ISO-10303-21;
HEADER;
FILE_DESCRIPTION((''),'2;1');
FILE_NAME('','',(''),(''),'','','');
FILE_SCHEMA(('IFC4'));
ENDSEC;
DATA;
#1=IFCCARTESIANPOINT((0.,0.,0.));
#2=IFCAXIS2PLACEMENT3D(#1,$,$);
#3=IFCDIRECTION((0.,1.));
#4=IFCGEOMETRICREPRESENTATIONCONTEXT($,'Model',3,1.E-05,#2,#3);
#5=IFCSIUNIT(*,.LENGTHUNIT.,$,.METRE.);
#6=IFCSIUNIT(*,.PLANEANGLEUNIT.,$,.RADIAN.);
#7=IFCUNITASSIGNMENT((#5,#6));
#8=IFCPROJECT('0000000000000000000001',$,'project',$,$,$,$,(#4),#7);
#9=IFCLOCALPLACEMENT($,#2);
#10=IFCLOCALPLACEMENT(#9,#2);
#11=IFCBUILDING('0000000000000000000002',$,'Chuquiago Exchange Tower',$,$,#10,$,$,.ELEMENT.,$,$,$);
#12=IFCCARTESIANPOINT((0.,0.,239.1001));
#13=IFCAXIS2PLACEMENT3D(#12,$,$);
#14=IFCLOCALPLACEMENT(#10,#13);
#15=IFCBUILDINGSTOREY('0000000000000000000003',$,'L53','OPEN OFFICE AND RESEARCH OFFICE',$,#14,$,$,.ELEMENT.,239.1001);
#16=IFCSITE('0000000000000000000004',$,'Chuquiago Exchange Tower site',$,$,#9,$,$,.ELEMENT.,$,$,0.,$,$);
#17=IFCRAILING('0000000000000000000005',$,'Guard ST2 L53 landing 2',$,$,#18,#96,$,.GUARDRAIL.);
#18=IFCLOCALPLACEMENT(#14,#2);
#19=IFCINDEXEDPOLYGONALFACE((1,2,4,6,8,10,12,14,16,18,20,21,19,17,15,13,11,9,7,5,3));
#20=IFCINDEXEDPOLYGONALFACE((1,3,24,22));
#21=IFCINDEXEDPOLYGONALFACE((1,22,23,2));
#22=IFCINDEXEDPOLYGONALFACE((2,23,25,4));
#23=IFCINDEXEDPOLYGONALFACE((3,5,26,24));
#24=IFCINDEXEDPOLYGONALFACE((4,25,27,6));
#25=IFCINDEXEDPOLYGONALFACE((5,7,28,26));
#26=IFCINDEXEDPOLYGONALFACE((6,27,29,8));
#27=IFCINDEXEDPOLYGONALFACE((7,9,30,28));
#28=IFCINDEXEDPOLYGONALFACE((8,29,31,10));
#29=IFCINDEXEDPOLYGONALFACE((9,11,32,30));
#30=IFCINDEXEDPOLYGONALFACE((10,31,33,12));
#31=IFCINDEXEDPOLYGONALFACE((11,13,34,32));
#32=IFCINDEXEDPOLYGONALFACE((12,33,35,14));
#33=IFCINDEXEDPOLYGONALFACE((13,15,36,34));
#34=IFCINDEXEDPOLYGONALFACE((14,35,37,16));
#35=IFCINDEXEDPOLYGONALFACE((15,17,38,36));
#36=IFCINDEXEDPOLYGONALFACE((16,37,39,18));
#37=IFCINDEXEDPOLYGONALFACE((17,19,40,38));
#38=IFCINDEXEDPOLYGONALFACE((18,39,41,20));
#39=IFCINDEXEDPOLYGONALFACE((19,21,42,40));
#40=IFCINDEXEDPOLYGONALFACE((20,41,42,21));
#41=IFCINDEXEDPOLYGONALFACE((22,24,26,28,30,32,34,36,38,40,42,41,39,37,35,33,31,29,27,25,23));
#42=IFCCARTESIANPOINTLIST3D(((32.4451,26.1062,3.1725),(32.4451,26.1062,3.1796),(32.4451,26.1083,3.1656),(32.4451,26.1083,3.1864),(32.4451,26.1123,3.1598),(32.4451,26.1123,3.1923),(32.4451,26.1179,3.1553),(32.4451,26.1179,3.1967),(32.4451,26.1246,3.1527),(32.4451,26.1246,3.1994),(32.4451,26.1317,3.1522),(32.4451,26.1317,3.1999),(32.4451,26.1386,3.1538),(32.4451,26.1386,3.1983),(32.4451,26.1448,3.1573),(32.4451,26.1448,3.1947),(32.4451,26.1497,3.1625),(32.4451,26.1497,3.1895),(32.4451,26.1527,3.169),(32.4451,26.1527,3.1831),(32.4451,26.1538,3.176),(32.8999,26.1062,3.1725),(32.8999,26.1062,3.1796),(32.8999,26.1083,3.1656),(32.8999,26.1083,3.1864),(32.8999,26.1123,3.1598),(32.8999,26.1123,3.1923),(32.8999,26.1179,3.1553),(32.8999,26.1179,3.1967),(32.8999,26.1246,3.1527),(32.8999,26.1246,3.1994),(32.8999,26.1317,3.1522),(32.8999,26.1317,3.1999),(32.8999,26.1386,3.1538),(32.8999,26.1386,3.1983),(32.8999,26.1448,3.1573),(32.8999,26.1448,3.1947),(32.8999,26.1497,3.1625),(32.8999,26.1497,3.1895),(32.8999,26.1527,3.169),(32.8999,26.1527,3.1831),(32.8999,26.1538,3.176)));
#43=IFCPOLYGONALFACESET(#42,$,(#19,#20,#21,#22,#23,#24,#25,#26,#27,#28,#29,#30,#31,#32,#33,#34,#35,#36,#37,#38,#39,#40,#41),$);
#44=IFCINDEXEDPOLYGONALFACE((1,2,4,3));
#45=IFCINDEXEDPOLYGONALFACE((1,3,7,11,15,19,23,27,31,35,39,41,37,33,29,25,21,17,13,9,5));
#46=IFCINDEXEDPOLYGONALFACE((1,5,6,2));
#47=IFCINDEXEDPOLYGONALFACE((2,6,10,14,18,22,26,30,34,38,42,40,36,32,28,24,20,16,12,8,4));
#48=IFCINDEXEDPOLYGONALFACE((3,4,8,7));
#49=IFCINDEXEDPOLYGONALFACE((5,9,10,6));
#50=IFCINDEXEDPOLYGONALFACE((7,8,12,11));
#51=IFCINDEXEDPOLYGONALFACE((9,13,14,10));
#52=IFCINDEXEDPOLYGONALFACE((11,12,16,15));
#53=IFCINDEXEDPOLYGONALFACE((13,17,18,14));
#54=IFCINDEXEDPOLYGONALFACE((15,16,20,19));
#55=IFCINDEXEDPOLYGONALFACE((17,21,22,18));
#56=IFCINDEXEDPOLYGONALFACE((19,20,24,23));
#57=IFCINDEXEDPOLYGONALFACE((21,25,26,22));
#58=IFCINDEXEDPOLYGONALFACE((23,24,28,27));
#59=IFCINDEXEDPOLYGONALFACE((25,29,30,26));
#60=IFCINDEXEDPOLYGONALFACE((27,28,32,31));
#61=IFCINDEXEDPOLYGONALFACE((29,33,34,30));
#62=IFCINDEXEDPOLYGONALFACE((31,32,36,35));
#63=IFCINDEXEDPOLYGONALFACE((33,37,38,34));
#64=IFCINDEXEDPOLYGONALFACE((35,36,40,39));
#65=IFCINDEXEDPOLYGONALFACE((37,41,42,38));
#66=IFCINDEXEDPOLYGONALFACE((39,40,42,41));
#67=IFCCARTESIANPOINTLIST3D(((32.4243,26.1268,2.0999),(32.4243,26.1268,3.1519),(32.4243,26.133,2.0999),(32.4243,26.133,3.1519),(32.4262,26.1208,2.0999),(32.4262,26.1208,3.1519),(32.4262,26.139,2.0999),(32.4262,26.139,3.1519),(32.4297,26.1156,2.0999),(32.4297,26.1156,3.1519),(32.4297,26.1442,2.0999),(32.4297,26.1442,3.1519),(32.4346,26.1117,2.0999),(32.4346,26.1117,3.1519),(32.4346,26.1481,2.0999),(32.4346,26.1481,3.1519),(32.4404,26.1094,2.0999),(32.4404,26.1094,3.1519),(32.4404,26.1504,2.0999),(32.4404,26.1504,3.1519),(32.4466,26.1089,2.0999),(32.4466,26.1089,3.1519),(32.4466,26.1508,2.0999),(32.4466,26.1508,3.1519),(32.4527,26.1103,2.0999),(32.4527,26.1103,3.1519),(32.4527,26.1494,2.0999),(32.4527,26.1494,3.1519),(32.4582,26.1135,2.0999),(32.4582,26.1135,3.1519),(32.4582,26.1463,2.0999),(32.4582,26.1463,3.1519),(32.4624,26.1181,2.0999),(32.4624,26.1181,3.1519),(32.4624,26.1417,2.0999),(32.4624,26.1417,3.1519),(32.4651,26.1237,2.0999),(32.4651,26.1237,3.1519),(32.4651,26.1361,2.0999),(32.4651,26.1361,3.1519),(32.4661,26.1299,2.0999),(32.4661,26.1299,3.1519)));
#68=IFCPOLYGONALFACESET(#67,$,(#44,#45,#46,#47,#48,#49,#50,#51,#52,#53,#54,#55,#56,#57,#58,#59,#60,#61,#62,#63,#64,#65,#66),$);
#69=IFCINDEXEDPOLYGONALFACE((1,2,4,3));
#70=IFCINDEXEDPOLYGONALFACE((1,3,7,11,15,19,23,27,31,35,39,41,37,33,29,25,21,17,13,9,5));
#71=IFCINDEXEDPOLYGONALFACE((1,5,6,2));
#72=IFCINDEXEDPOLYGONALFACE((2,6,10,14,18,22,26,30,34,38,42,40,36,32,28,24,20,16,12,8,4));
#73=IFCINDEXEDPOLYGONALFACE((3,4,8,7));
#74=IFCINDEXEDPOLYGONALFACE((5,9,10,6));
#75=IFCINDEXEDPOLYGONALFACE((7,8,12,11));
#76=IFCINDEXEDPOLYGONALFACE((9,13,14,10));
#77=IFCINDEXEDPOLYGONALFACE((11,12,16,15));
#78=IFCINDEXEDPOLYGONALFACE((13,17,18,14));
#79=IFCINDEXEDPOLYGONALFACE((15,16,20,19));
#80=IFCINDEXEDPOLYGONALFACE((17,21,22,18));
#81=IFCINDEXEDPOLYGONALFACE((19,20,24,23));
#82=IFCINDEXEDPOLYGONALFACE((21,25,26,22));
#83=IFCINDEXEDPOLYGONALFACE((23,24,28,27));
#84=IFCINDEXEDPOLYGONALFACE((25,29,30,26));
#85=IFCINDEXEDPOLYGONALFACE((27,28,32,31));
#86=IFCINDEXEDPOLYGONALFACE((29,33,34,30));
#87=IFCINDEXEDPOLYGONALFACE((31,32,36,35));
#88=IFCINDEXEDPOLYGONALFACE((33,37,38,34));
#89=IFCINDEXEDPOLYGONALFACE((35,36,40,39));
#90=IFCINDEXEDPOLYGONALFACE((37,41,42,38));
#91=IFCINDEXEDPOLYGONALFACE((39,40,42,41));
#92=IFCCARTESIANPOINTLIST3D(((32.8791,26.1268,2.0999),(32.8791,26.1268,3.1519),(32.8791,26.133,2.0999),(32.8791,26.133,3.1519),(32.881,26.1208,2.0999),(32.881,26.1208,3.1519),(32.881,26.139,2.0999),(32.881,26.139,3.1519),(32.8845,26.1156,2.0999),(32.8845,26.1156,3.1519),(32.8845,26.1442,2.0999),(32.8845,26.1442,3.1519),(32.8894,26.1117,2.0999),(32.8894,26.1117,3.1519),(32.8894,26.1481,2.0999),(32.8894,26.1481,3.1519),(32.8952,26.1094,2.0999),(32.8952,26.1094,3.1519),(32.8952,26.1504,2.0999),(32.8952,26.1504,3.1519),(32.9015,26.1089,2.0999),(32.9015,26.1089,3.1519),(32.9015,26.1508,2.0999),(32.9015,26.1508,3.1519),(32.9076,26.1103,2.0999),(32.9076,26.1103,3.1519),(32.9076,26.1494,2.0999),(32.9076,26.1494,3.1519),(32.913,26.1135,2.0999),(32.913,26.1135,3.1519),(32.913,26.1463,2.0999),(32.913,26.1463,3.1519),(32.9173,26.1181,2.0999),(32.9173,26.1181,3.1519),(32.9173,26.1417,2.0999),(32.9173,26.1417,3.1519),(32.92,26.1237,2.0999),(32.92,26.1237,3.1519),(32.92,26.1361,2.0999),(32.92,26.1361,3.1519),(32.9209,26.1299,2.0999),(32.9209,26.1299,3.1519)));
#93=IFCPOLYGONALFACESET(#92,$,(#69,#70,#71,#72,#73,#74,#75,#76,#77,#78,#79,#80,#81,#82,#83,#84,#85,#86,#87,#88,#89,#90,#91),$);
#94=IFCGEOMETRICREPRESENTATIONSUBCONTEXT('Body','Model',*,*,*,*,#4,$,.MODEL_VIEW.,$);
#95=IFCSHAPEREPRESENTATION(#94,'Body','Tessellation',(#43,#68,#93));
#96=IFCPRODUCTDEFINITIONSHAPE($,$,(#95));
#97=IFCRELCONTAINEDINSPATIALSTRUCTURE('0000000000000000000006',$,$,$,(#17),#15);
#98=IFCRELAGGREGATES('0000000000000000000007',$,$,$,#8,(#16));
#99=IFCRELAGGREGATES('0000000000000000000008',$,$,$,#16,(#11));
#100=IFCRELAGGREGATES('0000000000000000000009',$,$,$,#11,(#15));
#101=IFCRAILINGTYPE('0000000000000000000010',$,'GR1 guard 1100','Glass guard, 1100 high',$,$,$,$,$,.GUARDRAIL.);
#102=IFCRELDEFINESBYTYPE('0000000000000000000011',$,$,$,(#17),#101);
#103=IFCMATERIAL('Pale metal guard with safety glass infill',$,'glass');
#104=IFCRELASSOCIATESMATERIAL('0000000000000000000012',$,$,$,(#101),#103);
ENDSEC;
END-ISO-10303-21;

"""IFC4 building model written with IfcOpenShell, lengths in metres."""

from ifc_helpers import new_model, si_unit, direction, frame, origin, origin_2d, place, context, subcontext, project, spatial, circle, extrude, material, type_object, element, save


model = new_model("IFC4")

# Units and contexts
model_context = context("Model", 3, precision=1e-05, world=origin(), true_north=direction((0.0, 1.0)))
body_context = subcontext(model_context, "Body", "Model", "MODEL_VIEW")
ifc_project = project(units=[si_unit("LENGTHUNIT", "METRE"), si_unit("PLANEANGLEUNIT", "RADIAN")], contexts=[model_context])

# Site, building, storey
site_placement = place(None, origin())
site = spatial("IfcSite", under=ifc_project, at=site_placement, Name="Chuquiago Exchange Tower site", CompositionType="ELEMENT", RefElevation=0.0)
building_placement = place(site_placement, origin())
building = spatial("IfcBuilding", under=site, at=building_placement, Name="Chuquiago Exchange Tower", CompositionType="ELEMENT")
storey_placement = place(building_placement, frame((0.0, 0.0, 239.1001)))
storey = spatial("IfcBuildingStorey", under=building, at=storey_placement, Name="L53", Description="OPEN OFFICE AND RESEARCH OFFICE", CompositionType="ELEMENT", Elevation=239.1001)

# Railing
ifc_material_1 = material(Name="Pale metal guard with safety glass infill", Category="glass")
railing_type_1 = type_object("IfcRailingType", Name="GR1 guard 1100", Description="Glass guard, 1100 high", PredefinedType="GUARDRAIL", material=ifc_material_1)
railing_1_placement = place(storey_placement, frame((32.4451, 26.1299, 2.0999)))
element("IfcRailing", 1, at=railing_1_placement, inside=storey, type_object=railing_type_1, Name="Guard ST2 L53 landing 2", PredefinedType="GUARDRAIL", context=body_context, shape_type="SweptSolid", body=[
    extrude(circle(Radius=0.0239, at=origin_2d()), frame((0.0, 0.0, 1.0762), z_axis=(1.0, 0.0, 0.0), x_axis=(0.0, 1.0, 0.0)), (0.0, 0.0, 1.0), 0.4548),
    extrude(circle(Radius=0.021, at=origin_2d()), origin(), (0.0, 0.0, 1.0), 1.052),
    extrude(circle(Radius=0.021, at=origin_2d()), frame((0.4548, 0.0, 0.0)), (0.0, 0.0, 1.0), 1.052),
])

save(model, "model.ifc")
